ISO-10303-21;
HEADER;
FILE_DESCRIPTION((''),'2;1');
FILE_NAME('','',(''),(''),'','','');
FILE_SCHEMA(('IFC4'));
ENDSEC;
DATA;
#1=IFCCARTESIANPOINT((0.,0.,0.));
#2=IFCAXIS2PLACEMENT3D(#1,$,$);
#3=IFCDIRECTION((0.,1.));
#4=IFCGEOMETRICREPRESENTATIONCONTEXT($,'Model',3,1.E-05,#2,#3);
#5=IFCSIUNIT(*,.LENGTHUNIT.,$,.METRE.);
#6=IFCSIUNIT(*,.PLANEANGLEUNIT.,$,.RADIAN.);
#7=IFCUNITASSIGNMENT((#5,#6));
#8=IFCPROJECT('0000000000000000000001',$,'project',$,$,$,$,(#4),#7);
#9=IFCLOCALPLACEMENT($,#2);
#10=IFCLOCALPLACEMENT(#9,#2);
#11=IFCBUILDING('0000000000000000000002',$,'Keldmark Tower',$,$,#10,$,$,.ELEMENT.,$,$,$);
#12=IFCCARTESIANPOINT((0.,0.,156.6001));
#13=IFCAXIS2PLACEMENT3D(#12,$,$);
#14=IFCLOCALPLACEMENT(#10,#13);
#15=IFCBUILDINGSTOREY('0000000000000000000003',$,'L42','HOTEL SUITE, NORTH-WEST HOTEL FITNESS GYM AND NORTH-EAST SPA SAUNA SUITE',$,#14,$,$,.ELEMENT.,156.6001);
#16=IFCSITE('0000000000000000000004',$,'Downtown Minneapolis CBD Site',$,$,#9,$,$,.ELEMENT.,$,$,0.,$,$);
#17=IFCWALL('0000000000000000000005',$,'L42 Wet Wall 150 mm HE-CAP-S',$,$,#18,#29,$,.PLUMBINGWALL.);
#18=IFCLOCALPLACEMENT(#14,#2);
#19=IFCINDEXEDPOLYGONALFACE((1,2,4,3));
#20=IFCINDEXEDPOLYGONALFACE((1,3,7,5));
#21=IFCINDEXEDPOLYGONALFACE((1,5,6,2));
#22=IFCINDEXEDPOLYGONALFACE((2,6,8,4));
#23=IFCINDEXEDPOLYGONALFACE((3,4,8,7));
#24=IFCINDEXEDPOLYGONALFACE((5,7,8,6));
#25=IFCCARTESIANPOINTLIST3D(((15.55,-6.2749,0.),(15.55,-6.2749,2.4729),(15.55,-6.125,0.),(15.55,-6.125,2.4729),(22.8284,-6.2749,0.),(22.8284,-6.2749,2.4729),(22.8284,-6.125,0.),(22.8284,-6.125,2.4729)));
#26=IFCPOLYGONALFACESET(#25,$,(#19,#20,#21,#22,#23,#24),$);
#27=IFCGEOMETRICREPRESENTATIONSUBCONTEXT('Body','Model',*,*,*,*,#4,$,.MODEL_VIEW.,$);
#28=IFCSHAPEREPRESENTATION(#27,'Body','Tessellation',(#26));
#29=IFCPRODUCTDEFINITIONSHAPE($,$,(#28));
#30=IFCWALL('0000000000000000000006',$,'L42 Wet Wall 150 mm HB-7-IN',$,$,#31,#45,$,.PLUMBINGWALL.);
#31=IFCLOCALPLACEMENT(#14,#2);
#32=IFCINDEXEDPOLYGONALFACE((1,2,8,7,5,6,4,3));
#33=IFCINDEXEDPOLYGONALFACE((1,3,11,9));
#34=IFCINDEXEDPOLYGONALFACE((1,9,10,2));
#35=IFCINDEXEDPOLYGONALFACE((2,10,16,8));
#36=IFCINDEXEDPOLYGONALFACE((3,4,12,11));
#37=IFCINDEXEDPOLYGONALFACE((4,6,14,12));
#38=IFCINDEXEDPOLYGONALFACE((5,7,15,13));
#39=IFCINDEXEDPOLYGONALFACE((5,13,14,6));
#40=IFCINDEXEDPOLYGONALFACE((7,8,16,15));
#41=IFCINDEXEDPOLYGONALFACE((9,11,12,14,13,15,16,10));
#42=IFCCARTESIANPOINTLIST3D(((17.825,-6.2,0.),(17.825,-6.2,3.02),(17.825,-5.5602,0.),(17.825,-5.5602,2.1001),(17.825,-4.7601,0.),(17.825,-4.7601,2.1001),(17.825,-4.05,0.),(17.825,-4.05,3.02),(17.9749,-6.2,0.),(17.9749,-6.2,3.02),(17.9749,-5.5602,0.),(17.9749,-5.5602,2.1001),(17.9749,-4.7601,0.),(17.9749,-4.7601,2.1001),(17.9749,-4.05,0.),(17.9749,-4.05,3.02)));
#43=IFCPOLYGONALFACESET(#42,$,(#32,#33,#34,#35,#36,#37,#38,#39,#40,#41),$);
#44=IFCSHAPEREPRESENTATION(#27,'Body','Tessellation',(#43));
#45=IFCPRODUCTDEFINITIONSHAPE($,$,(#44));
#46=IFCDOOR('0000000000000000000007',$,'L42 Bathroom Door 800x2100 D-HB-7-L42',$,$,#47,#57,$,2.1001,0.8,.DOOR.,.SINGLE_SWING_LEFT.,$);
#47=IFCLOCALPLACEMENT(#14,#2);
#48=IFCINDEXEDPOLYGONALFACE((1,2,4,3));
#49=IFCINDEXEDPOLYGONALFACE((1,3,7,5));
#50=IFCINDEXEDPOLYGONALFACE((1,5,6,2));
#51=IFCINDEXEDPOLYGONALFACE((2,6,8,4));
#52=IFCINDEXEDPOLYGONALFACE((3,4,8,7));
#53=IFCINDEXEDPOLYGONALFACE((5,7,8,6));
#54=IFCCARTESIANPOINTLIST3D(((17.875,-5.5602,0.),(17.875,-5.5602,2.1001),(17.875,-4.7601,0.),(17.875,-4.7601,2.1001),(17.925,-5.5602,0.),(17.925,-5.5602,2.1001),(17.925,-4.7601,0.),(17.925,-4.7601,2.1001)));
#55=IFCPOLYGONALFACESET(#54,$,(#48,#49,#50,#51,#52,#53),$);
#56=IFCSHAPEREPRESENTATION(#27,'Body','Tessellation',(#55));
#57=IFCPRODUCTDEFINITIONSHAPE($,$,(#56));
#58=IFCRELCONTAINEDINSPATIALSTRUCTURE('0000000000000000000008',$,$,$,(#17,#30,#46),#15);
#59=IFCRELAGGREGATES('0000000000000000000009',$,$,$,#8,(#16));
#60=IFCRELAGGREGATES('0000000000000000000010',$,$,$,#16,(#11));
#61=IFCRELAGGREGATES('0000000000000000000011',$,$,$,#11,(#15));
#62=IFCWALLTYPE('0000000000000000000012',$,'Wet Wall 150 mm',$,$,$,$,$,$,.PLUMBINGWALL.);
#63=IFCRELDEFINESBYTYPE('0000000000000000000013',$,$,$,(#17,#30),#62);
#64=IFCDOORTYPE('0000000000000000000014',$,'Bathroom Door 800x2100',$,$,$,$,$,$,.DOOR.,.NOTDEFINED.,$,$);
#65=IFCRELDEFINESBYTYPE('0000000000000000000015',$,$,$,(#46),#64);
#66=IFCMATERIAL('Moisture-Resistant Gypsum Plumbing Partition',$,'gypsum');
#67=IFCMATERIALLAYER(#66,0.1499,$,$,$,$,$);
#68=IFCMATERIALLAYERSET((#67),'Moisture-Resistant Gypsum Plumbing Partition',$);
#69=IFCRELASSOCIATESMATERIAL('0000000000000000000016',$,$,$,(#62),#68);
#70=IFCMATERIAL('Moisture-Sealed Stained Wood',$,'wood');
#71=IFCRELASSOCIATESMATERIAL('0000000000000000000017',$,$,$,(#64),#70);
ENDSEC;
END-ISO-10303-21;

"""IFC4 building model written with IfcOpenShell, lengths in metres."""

from ifc_helpers import new_model, si_unit, direction, frame, frame_2d, origin, place, context, subcontext, project, spatial, rectangle, extrude, material, layer, layer_set, type_object, element, fill, save


model = new_model("IFC4")

# Units and contexts
model_context = context("Model", 3, precision=1e-05, world=origin(), true_north=direction((0.0, 1.0)))
body_context = subcontext(model_context, "Body", "Model", "MODEL_VIEW")
ifc_project = project(units=[si_unit("LENGTHUNIT", "METRE"), si_unit("PLANEANGLEUNIT", "RADIAN")], contexts=[model_context])

# Site, building, storey
site_placement = place(None, origin())
site = spatial("IfcSite", under=ifc_project, at=site_placement, Name="Downtown Minneapolis CBD Site", CompositionType="ELEMENT", RefElevation=0.0)
building_placement = place(site_placement, origin())
building = spatial("IfcBuilding", under=site, at=building_placement, Name="Keldmark Tower", CompositionType="ELEMENT")
storey_placement = place(building_placement, frame((0.0, 0.0, 156.6001)))
storey = spatial("IfcBuildingStorey", under=building, at=storey_placement, Name="L42", Description="HOTEL SUITE, NORTH-WEST HOTEL FITNESS GYM AND NORTH-EAST SPA SAUNA SUITE", CompositionType="ELEMENT", Elevation=156.6001)

# Wall
ifc_material_1 = material(Name="Moisture-Resistant Gypsum Plumbing Partition", Category="gypsum")
ifc_layer_1 = layer(ifc_material_1, 0.1499)
ifc_layer_set_1 = layer_set([ifc_layer_1], Name="Moisture-Resistant Gypsum Plumbing Partition")
wall_type_1 = type_object("IfcWallType", Name="Wet Wall 150 mm", PredefinedType="PLUMBINGWALL", material=ifc_layer_set_1)
wall_1_placement = place(storey_placement, frame((15.55, -6.2, 0.0), z_axis=(0.0, 0.0, 1.0), x_axis=(1.0, 0.0, 0.0)))
element("IfcWall", 1, at=wall_1_placement, inside=storey, type_object=wall_type_1, Name="L42 Wet Wall 150 mm HE-CAP-S", PredefinedType="PLUMBINGWALL", context=body_context, shape_type="SweptSolid", body=[
    extrude(rectangle(XDim=7.2783, YDim=0.1499, at=frame_2d((3.6392, 0.0))), origin(), (0.0, 0.0, 1.0), 2.4729),
])

# Wall, opening, door
wall_2_placement = place(storey_placement, frame((17.8999, -6.2, 0.0), z_axis=(0.0, 0.0, 1.0), x_axis=(0.0, 1.0, 0.0)))
wall_2 = element("IfcWall", 2, at=wall_2_placement, inside=storey, type_object=wall_type_1, Name="L42 Wet Wall 150 mm HB-7-IN", PredefinedType="PLUMBINGWALL", context=body_context, shape_type="SweptSolid", body=[
    extrude(rectangle(XDim=2.1499, YDim=0.1499, at=frame_2d((1.075, 0.0))), origin(), (0.0, 0.0, 1.0), 3.02),
])
opening_1_placement = place(wall_2_placement, frame((0.6399, 0.0, 0.0)))
opening_1 = element("IfcOpeningElement", 3, at=opening_1_placement, cuts=wall_2, PredefinedType="OPENING", context=body_context, shape_type="SweptSolid", body=[
    extrude(rectangle(XDim=0.8, YDim=2.1001, at=frame_2d((0.3999, 1.05))), frame((0.0, 0.085, 0.0), z_axis=(0.0, -1.0, 0.0), x_axis=(1.0, 0.0, 0.0)), (0.0, 0.0, 1.0), 0.1699),
])
ifc_material_2 = material(Name="Moisture-Sealed Stained Wood", Category="wood")
door_type_1 = type_object("IfcDoorType", Name="Bathroom Door 800x2100", OperationType="NOTDEFINED", PredefinedType="DOOR", material=ifc_material_2)
door_1_placement = place(opening_1_placement, origin())
door_1 = element("IfcDoor", 4, at=door_1_placement, inside=storey, type_object=door_type_1, Name="L42 Bathroom Door 800x2100 D-HB-7-L42", OperationType="SINGLE_SWING_LEFT", OverallHeight=2.1001, OverallWidth=0.8, PredefinedType="DOOR", context=body_context, shape_type="SweptSolid", body=[
    extrude(rectangle(XDim=0.8, YDim=2.1001, at=frame_2d((0.3999, 1.05))), frame((0.0, 0.0249, 0.0), z_axis=(0.0, -1.0, 0.0), x_axis=(1.0, 0.0, 0.0)), (0.0, 0.0, 1.0), 0.05),
])
fill(opening_1, door_1)

save(model, "model.ifc")
